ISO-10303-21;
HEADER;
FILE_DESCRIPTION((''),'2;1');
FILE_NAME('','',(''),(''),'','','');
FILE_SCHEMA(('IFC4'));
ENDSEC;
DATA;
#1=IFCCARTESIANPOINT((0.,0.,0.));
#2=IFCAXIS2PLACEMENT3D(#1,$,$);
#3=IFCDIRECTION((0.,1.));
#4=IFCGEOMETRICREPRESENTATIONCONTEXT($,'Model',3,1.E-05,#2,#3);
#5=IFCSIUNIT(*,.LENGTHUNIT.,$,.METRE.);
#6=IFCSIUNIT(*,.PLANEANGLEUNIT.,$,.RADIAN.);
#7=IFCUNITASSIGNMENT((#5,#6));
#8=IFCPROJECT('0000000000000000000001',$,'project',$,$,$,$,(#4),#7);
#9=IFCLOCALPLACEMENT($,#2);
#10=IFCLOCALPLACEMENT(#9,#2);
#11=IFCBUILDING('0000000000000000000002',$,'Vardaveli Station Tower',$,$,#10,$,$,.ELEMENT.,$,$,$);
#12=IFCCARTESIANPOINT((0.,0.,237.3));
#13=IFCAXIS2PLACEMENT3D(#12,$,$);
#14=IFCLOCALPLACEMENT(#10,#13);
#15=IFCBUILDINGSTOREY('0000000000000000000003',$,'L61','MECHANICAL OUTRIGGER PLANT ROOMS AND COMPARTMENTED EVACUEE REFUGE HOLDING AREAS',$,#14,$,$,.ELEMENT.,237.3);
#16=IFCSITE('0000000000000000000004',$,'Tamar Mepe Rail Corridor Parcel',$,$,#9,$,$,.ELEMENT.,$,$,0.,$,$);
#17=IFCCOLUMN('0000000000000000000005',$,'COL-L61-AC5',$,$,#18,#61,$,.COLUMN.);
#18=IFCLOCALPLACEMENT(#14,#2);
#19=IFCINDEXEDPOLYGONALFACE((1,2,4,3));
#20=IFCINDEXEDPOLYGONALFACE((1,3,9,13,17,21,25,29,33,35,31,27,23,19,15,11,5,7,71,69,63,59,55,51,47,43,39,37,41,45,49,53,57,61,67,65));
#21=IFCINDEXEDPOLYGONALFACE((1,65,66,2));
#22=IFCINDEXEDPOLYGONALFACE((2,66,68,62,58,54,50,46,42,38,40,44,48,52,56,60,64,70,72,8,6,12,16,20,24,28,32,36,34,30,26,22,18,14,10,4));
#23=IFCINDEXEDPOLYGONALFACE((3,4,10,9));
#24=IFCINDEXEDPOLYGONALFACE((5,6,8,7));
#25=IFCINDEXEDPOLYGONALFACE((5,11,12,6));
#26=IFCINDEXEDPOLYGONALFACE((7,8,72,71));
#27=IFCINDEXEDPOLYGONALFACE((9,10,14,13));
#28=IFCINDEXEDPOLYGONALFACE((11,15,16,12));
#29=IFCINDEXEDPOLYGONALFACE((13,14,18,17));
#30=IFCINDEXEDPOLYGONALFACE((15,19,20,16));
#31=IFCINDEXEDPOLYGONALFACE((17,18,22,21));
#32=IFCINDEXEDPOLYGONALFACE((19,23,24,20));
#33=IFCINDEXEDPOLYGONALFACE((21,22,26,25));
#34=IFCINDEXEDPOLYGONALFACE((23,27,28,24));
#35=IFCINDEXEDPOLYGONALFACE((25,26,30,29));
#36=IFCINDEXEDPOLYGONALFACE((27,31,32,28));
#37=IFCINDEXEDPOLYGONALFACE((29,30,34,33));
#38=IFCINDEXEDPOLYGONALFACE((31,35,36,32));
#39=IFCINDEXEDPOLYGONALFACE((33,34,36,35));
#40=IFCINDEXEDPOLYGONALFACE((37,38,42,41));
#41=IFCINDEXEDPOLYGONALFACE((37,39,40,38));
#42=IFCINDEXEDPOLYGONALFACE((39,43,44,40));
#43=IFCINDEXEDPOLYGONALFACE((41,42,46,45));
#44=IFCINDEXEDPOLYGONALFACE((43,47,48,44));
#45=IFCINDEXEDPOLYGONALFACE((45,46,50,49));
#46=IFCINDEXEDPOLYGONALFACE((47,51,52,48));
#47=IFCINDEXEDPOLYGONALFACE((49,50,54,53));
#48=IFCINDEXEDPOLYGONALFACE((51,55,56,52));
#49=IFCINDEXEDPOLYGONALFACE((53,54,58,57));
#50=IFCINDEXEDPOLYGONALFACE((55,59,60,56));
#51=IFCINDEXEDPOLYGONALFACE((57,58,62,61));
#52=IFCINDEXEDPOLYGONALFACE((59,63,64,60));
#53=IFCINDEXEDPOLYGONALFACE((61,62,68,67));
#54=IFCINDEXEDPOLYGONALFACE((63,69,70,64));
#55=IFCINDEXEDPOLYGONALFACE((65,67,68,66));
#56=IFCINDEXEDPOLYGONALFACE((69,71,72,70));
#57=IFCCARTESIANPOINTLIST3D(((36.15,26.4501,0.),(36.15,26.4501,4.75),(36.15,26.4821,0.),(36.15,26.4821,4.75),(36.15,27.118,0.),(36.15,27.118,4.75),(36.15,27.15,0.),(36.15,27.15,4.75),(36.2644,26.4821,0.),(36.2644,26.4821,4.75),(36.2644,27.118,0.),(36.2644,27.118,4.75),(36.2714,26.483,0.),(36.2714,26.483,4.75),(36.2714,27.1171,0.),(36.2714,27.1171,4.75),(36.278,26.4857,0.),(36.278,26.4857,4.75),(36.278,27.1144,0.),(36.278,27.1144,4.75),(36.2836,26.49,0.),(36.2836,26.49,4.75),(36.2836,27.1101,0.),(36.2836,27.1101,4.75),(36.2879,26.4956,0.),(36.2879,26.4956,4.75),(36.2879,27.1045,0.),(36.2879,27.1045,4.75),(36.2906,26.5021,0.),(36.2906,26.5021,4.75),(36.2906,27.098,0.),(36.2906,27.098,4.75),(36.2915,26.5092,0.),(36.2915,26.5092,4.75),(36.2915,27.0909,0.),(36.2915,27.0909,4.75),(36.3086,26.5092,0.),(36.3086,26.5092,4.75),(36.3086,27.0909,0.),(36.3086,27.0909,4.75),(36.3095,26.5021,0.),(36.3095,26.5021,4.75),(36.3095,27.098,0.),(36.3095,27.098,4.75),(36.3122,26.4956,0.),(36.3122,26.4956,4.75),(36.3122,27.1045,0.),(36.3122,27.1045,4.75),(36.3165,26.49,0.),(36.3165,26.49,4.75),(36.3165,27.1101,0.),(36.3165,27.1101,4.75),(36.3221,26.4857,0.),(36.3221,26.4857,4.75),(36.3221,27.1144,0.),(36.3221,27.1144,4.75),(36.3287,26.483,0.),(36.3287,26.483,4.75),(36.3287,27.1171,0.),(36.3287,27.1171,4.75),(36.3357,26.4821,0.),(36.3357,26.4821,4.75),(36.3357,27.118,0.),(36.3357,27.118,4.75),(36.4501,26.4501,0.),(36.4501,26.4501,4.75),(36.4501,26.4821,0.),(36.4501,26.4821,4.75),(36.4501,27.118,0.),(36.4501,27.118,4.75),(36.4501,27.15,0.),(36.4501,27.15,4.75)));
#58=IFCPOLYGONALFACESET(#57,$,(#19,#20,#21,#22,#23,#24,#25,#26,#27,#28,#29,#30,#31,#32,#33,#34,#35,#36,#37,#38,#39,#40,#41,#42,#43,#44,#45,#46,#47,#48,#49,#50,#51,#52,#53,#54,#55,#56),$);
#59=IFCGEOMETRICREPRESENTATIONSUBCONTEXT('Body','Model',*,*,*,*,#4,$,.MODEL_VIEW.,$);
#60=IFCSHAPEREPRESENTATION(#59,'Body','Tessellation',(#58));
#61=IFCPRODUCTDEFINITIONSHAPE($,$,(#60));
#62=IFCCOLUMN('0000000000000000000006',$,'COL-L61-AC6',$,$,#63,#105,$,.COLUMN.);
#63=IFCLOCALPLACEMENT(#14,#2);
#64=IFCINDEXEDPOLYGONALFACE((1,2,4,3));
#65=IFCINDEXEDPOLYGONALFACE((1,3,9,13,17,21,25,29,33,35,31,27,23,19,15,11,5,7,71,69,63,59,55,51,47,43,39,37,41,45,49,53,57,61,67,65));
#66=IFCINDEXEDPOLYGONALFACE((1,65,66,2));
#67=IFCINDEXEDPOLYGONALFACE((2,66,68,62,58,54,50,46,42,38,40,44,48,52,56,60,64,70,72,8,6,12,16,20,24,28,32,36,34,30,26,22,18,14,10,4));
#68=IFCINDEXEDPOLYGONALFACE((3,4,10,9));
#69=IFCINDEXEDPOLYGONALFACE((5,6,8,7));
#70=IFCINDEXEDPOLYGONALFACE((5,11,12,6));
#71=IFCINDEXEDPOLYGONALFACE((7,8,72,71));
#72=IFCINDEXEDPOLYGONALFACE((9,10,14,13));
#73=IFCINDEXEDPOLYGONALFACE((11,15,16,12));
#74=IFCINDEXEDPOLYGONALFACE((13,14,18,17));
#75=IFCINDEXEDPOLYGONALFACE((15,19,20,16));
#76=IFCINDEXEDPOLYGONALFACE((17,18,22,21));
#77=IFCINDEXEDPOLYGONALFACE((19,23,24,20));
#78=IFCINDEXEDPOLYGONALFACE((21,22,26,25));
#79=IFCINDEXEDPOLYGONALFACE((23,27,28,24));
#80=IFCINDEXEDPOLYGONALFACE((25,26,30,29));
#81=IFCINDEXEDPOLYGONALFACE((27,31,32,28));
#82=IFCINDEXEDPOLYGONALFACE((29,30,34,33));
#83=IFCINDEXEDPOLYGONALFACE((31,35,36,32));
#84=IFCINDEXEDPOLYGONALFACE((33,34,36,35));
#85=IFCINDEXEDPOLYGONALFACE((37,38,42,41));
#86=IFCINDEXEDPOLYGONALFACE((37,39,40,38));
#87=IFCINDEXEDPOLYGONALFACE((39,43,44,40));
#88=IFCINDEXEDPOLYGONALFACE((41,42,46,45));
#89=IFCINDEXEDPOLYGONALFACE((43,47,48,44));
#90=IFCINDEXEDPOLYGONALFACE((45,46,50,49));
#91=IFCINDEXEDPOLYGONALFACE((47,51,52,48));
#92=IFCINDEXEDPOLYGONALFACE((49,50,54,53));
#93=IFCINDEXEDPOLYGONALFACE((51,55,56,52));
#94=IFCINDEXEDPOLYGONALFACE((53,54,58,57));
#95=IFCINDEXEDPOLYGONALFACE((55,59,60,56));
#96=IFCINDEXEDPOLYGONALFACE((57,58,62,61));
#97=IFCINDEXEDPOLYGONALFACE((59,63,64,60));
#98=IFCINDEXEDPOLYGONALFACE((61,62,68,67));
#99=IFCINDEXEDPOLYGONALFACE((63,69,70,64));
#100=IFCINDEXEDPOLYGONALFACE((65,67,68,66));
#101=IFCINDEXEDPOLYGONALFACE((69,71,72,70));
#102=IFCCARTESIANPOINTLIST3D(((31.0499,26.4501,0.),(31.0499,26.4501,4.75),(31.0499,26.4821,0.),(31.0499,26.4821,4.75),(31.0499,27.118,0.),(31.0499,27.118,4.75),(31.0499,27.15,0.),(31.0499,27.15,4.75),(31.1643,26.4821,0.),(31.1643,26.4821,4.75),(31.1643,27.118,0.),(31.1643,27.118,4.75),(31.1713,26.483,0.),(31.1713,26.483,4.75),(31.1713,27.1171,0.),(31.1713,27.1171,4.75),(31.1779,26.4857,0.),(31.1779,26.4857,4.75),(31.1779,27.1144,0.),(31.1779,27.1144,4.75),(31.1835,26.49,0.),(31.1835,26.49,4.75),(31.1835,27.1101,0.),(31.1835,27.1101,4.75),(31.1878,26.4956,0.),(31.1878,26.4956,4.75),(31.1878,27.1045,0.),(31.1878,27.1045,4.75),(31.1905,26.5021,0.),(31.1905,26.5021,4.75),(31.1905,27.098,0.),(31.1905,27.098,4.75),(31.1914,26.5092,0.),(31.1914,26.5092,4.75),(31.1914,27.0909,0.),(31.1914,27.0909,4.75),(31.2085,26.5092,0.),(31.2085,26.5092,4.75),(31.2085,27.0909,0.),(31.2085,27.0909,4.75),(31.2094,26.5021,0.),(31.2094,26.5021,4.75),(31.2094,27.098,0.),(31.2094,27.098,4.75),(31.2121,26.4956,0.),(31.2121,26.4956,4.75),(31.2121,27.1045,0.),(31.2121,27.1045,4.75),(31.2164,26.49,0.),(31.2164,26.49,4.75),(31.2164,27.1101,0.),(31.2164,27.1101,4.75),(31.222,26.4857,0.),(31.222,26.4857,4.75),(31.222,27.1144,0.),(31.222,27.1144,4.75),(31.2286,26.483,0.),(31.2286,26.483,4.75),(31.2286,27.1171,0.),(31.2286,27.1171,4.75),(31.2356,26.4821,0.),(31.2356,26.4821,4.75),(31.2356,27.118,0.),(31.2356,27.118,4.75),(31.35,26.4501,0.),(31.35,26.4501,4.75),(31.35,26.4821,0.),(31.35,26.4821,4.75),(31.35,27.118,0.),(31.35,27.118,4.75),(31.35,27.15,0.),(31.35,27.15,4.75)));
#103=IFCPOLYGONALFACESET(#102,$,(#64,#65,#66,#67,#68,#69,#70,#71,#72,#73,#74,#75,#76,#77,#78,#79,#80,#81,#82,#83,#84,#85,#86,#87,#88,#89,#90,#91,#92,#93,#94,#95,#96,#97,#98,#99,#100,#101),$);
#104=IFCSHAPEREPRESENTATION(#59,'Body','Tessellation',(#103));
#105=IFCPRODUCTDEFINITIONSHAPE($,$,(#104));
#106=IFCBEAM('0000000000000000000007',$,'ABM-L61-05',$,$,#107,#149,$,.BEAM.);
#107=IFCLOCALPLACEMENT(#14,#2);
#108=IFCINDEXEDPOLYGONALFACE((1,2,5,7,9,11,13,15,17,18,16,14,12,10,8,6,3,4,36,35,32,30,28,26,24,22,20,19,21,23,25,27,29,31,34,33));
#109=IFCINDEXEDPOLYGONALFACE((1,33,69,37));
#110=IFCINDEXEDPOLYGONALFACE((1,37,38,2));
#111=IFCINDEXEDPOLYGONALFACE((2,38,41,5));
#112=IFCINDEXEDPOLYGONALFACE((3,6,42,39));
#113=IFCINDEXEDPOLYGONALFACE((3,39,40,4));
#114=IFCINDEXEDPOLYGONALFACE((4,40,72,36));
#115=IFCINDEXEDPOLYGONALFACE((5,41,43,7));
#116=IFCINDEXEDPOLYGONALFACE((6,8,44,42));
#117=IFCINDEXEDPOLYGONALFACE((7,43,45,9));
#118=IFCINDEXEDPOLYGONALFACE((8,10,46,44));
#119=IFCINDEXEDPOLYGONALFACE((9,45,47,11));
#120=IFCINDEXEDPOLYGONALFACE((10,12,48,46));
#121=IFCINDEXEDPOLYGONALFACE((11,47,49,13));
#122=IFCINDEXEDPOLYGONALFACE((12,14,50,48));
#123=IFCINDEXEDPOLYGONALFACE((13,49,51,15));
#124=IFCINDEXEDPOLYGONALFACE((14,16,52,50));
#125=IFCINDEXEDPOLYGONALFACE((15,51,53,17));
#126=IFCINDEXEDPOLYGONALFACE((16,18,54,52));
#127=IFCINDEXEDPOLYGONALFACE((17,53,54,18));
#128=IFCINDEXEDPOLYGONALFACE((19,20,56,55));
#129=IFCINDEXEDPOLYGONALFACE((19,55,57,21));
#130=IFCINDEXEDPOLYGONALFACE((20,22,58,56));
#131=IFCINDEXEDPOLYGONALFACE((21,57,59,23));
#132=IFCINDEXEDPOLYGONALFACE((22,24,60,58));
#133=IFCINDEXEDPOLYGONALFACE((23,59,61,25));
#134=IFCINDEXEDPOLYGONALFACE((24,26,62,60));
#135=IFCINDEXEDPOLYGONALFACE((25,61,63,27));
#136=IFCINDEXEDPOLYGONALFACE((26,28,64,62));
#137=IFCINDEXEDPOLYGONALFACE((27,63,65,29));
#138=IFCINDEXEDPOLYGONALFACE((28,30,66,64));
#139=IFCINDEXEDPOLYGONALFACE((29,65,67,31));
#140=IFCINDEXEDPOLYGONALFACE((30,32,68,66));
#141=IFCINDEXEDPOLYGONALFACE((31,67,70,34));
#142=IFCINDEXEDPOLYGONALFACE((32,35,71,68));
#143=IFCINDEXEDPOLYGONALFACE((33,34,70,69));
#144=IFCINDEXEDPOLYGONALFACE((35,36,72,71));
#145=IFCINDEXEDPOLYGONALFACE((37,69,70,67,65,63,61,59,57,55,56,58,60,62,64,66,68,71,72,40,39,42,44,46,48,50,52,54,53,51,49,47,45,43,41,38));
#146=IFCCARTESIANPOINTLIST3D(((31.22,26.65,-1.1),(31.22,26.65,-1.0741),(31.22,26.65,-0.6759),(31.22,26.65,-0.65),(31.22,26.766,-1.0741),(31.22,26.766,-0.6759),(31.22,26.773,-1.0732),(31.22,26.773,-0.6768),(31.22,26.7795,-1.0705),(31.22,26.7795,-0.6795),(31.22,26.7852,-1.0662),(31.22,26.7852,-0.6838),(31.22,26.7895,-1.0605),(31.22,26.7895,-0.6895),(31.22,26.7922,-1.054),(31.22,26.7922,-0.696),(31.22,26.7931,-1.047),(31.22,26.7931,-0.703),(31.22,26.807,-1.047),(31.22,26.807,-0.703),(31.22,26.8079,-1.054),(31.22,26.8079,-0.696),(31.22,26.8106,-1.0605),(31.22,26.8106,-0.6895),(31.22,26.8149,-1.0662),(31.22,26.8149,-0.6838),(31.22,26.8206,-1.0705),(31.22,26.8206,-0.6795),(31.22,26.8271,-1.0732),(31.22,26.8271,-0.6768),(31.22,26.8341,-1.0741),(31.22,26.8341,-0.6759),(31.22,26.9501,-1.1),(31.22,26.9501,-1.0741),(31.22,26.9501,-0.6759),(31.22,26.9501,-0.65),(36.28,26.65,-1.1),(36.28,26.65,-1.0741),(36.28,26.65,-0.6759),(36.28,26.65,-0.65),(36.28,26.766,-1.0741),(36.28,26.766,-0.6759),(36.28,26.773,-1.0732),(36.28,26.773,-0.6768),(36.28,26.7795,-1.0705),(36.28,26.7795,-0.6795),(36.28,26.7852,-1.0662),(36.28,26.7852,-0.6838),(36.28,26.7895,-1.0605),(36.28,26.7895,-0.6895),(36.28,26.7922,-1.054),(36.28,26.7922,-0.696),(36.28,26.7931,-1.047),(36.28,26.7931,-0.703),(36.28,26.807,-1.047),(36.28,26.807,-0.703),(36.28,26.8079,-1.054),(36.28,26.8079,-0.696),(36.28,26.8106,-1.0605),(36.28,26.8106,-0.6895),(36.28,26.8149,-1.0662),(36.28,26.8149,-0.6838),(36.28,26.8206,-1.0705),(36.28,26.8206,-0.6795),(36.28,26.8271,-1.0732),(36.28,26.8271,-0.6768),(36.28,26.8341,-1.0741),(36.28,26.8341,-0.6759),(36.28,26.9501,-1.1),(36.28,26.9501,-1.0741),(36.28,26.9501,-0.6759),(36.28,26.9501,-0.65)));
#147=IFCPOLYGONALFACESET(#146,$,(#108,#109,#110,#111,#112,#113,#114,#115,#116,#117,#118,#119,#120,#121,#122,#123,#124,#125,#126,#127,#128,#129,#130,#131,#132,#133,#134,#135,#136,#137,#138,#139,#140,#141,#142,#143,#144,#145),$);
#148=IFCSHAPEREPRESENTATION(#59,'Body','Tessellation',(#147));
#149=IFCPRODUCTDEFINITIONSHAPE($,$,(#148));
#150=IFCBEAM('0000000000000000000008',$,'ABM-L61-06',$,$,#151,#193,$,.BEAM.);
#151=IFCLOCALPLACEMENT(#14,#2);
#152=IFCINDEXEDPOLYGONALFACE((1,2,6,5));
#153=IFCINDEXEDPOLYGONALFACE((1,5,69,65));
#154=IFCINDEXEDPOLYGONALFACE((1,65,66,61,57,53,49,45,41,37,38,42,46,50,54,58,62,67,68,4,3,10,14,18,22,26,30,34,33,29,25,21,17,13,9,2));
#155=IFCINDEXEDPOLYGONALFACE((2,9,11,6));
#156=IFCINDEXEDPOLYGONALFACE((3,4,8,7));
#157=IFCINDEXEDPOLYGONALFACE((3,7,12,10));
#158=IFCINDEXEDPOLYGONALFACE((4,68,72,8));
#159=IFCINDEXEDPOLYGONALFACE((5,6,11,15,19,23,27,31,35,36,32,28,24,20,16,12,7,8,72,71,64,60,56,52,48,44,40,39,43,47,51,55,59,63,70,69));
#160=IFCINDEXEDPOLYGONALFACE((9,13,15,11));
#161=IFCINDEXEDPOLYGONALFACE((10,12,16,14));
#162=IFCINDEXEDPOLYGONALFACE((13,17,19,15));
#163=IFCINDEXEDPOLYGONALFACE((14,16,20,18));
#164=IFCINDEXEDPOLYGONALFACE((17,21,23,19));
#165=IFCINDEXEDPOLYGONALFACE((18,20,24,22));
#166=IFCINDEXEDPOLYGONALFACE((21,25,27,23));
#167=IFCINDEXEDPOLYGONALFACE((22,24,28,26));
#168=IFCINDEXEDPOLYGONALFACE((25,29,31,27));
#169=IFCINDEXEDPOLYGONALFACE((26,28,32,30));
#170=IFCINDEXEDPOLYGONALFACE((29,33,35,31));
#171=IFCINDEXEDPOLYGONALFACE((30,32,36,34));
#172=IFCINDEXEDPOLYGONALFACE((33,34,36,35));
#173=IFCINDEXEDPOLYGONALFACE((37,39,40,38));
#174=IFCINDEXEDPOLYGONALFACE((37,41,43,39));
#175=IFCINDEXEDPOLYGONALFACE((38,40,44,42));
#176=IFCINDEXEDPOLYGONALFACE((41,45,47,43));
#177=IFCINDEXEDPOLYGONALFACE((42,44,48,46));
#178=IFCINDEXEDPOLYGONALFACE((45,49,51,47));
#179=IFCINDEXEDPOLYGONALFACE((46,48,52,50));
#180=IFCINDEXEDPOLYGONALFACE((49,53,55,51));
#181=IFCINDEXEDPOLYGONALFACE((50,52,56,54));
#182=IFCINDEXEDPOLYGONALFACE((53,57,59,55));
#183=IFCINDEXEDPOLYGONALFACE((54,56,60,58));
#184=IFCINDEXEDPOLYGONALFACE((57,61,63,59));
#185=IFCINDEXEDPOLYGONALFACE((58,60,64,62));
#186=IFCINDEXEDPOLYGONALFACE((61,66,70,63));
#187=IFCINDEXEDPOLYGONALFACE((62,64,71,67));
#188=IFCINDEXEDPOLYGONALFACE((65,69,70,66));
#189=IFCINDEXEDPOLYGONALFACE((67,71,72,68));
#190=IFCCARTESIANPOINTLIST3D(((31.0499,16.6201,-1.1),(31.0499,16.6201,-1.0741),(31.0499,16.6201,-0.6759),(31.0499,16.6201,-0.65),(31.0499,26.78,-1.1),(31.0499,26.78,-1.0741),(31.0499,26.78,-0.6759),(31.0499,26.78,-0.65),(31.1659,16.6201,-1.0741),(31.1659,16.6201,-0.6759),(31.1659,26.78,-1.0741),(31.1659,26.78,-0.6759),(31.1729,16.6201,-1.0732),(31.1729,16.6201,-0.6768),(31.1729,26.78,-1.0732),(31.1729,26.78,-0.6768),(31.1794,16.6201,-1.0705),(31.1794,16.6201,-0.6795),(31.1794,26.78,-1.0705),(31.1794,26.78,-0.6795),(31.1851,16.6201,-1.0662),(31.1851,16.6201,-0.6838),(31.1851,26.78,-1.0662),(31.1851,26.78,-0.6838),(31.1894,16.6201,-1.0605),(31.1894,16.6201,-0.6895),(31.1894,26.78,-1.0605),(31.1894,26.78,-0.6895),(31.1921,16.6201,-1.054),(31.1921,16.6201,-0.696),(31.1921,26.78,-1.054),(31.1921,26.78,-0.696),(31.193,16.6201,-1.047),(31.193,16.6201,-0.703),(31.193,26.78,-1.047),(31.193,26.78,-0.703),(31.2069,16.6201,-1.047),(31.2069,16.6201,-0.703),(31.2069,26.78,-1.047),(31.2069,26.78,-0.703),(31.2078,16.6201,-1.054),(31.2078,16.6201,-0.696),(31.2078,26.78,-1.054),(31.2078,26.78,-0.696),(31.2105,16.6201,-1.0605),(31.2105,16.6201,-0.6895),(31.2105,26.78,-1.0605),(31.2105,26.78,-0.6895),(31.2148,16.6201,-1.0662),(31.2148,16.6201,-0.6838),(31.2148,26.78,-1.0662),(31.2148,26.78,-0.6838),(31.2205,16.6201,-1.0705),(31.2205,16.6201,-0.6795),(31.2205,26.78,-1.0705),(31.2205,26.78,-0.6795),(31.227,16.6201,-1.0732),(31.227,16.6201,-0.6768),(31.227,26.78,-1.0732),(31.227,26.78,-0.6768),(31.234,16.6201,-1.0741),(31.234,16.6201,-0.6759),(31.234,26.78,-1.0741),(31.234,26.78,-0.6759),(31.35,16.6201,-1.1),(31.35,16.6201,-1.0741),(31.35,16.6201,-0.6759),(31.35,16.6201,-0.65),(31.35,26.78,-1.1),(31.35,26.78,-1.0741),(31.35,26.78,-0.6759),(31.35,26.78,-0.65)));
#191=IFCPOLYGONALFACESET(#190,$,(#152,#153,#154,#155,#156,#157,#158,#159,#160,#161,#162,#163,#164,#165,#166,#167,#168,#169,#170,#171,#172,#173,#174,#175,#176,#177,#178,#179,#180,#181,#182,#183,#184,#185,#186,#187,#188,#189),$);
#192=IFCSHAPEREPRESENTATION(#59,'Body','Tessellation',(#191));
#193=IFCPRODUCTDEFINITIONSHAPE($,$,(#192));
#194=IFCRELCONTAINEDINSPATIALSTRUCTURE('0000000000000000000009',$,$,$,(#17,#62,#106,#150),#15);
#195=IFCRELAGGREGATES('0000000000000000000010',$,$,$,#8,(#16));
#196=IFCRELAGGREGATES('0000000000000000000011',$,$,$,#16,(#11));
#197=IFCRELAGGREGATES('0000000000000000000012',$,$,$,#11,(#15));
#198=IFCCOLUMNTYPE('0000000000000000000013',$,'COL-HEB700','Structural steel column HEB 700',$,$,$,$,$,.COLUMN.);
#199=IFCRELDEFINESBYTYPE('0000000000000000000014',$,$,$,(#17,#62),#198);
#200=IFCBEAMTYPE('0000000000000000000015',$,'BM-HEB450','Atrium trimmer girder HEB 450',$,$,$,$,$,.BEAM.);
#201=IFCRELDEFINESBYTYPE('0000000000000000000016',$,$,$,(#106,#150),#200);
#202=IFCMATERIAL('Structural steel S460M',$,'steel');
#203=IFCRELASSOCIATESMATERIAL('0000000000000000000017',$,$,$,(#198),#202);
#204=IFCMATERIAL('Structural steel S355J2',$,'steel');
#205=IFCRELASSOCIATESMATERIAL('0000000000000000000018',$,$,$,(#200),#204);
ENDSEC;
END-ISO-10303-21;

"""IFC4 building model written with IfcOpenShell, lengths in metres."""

from ifc_helpers import new_model, si_unit, direction, frame, origin, origin_2d, place, context, subcontext, project, spatial, i_section, extrude, source, transform, mapped, material, material_profile, profile_set, type_object, element, save


model = new_model("IFC4")

# Units and contexts
model_context = context("Model", 3, precision=1e-05, world=origin(), true_north=direction((0.0, 1.0)))
body_context = subcontext(model_context, "Body", "Model", "MODEL_VIEW")
ifc_project = project(units=[si_unit("LENGTHUNIT", "METRE"), si_unit("PLANEANGLEUNIT", "RADIAN")], contexts=[model_context])

# Site, building, storey
site_placement = place(None, origin())
site = spatial("IfcSite", under=ifc_project, at=site_placement, Name="Tamar Mepe Rail Corridor Parcel", CompositionType="ELEMENT", RefElevation=0.0)
building_placement = place(site_placement, origin())
building = spatial("IfcBuilding", under=site, at=building_placement, Name="Vardaveli Station Tower", CompositionType="ELEMENT")
storey_placement = place(building_placement, frame((0.0, 0.0, 237.3)))
storey = spatial("IfcBuildingStorey", under=building, at=storey_placement, Name="L61", Description="MECHANICAL OUTRIGGER PLANT ROOMS AND COMPARTMENTED EVACUEE REFUGE HOLDING AREAS", CompositionType="ELEMENT", Elevation=237.3)

# Columns
ifc_material_1 = material(Name="Structural steel S460M", Category="steel")
ifc_material_profile_1 = material_profile(ifc_material_1, i_section(OverallWidth=0.3, OverallDepth=0.7, WebThickness=0.0171, FlangeThickness=0.032, FilletRadius=0.0271, at=origin_2d()), Name="HEB 700")
ifc_profile_set_1 = profile_set([ifc_material_profile_1], Name="Structural steel S460M")
column_type = type_object("IfcColumnType", Name="COL-HEB700", Description="Structural steel column HEB 700", PredefinedType="COLUMN", material=ifc_profile_set_1)
shared_shape_1 = source(origin(), body_context, "Body", "SweptSolid", [
    extrude(i_section(OverallWidth=0.3, OverallDepth=0.7, WebThickness=0.0171, FlangeThickness=0.032, FilletRadius=0.0271, at=origin_2d()), origin(), (0.0, 0.0, 1.0), 4.75),
])
for number, where, z_axis, x_axis, name in (
    (1, (36.3, 26.8, 0.0), (0.0, 0.0, 1.0), (1.0, 0.0, 0.0), "COL-L61-AC5"),
    (2, (31.2, 26.8, 0.0), (0.0, 0.0, 1.0), (1.0, 0.0, 0.0), "COL-L61-AC6"),
):
    element("IfcColumn", number, at=place(storey_placement, frame(where, z_axis=z_axis, x_axis=x_axis)), inside=storey, type_object=column_type, Name=name, PredefinedType="COLUMN", context=body_context, shape_type="MappedRepresentation", body=[
        mapped(shared_shape_1, transform((0.0, 0.0, 0.0), scale=1.0)),
    ])

# Beams
ifc_material_2 = material(Name="Structural steel S355J2", Category="steel")
ifc_material_profile_2 = material_profile(ifc_material_2, i_section(OverallWidth=0.3, OverallDepth=0.45, WebThickness=0.0139, FlangeThickness=0.0259, FilletRadius=0.0271, at=origin_2d()), Name="HEB 450")
ifc_profile_set_2 = profile_set([ifc_material_profile_2], Name="Structural steel S355J2")
beam_type_1 = type_object("IfcBeamType", Name="BM-HEB450", Description="Atrium trimmer girder HEB 450", PredefinedType="BEAM", material=ifc_profile_set_2)
shared_shape_2 = source(origin(), body_context, "Body", "SweptSolid", [
    extrude(i_section(OverallWidth=0.3, OverallDepth=0.45, WebThickness=0.0139, FlangeThickness=0.0259, FilletRadius=0.0271, at=origin_2d()), origin(), (0.0, 0.0, 1.0), 5.0601),
])
beam_1_placement = place(storey_placement, frame((36.28, 26.8, -0.875), z_axis=(-1.0, 0.0, 0.0), x_axis=(0.0, -1.0, 0.0)))
element("IfcBeam", 3, at=beam_1_placement, inside=storey, type_object=beam_type_1, Name="ABM-L61-05", PredefinedType="BEAM", context=body_context, shape_type="MappedRepresentation", body=[
    mapped(shared_shape_2, transform((0.0, 0.0, 0.0), scale=1.0)),
])
shared_shape_3 = source(origin(), body_context, "Body", "SweptSolid", [
    extrude(i_section(OverallWidth=0.3, OverallDepth=0.45, WebThickness=0.0139, FlangeThickness=0.0259, FilletRadius=0.0271, at=origin_2d()), origin(), (0.0, 0.0, 1.0), 10.1599),
])
beam_2_placement = place(storey_placement, frame((31.2, 26.78, -0.875), z_axis=(0.0, -1.0, 0.0), x_axis=(1.0, 0.0, 0.0)))
element("IfcBeam", 4, at=beam_2_placement, inside=storey, type_object=beam_type_1, Name="ABM-L61-06", PredefinedType="BEAM", context=body_context, shape_type="MappedRepresentation", body=[
    mapped(shared_shape_3, transform((0.0, 0.0, 0.0), scale=1.0)),
])

save(model, "model.ifc")
